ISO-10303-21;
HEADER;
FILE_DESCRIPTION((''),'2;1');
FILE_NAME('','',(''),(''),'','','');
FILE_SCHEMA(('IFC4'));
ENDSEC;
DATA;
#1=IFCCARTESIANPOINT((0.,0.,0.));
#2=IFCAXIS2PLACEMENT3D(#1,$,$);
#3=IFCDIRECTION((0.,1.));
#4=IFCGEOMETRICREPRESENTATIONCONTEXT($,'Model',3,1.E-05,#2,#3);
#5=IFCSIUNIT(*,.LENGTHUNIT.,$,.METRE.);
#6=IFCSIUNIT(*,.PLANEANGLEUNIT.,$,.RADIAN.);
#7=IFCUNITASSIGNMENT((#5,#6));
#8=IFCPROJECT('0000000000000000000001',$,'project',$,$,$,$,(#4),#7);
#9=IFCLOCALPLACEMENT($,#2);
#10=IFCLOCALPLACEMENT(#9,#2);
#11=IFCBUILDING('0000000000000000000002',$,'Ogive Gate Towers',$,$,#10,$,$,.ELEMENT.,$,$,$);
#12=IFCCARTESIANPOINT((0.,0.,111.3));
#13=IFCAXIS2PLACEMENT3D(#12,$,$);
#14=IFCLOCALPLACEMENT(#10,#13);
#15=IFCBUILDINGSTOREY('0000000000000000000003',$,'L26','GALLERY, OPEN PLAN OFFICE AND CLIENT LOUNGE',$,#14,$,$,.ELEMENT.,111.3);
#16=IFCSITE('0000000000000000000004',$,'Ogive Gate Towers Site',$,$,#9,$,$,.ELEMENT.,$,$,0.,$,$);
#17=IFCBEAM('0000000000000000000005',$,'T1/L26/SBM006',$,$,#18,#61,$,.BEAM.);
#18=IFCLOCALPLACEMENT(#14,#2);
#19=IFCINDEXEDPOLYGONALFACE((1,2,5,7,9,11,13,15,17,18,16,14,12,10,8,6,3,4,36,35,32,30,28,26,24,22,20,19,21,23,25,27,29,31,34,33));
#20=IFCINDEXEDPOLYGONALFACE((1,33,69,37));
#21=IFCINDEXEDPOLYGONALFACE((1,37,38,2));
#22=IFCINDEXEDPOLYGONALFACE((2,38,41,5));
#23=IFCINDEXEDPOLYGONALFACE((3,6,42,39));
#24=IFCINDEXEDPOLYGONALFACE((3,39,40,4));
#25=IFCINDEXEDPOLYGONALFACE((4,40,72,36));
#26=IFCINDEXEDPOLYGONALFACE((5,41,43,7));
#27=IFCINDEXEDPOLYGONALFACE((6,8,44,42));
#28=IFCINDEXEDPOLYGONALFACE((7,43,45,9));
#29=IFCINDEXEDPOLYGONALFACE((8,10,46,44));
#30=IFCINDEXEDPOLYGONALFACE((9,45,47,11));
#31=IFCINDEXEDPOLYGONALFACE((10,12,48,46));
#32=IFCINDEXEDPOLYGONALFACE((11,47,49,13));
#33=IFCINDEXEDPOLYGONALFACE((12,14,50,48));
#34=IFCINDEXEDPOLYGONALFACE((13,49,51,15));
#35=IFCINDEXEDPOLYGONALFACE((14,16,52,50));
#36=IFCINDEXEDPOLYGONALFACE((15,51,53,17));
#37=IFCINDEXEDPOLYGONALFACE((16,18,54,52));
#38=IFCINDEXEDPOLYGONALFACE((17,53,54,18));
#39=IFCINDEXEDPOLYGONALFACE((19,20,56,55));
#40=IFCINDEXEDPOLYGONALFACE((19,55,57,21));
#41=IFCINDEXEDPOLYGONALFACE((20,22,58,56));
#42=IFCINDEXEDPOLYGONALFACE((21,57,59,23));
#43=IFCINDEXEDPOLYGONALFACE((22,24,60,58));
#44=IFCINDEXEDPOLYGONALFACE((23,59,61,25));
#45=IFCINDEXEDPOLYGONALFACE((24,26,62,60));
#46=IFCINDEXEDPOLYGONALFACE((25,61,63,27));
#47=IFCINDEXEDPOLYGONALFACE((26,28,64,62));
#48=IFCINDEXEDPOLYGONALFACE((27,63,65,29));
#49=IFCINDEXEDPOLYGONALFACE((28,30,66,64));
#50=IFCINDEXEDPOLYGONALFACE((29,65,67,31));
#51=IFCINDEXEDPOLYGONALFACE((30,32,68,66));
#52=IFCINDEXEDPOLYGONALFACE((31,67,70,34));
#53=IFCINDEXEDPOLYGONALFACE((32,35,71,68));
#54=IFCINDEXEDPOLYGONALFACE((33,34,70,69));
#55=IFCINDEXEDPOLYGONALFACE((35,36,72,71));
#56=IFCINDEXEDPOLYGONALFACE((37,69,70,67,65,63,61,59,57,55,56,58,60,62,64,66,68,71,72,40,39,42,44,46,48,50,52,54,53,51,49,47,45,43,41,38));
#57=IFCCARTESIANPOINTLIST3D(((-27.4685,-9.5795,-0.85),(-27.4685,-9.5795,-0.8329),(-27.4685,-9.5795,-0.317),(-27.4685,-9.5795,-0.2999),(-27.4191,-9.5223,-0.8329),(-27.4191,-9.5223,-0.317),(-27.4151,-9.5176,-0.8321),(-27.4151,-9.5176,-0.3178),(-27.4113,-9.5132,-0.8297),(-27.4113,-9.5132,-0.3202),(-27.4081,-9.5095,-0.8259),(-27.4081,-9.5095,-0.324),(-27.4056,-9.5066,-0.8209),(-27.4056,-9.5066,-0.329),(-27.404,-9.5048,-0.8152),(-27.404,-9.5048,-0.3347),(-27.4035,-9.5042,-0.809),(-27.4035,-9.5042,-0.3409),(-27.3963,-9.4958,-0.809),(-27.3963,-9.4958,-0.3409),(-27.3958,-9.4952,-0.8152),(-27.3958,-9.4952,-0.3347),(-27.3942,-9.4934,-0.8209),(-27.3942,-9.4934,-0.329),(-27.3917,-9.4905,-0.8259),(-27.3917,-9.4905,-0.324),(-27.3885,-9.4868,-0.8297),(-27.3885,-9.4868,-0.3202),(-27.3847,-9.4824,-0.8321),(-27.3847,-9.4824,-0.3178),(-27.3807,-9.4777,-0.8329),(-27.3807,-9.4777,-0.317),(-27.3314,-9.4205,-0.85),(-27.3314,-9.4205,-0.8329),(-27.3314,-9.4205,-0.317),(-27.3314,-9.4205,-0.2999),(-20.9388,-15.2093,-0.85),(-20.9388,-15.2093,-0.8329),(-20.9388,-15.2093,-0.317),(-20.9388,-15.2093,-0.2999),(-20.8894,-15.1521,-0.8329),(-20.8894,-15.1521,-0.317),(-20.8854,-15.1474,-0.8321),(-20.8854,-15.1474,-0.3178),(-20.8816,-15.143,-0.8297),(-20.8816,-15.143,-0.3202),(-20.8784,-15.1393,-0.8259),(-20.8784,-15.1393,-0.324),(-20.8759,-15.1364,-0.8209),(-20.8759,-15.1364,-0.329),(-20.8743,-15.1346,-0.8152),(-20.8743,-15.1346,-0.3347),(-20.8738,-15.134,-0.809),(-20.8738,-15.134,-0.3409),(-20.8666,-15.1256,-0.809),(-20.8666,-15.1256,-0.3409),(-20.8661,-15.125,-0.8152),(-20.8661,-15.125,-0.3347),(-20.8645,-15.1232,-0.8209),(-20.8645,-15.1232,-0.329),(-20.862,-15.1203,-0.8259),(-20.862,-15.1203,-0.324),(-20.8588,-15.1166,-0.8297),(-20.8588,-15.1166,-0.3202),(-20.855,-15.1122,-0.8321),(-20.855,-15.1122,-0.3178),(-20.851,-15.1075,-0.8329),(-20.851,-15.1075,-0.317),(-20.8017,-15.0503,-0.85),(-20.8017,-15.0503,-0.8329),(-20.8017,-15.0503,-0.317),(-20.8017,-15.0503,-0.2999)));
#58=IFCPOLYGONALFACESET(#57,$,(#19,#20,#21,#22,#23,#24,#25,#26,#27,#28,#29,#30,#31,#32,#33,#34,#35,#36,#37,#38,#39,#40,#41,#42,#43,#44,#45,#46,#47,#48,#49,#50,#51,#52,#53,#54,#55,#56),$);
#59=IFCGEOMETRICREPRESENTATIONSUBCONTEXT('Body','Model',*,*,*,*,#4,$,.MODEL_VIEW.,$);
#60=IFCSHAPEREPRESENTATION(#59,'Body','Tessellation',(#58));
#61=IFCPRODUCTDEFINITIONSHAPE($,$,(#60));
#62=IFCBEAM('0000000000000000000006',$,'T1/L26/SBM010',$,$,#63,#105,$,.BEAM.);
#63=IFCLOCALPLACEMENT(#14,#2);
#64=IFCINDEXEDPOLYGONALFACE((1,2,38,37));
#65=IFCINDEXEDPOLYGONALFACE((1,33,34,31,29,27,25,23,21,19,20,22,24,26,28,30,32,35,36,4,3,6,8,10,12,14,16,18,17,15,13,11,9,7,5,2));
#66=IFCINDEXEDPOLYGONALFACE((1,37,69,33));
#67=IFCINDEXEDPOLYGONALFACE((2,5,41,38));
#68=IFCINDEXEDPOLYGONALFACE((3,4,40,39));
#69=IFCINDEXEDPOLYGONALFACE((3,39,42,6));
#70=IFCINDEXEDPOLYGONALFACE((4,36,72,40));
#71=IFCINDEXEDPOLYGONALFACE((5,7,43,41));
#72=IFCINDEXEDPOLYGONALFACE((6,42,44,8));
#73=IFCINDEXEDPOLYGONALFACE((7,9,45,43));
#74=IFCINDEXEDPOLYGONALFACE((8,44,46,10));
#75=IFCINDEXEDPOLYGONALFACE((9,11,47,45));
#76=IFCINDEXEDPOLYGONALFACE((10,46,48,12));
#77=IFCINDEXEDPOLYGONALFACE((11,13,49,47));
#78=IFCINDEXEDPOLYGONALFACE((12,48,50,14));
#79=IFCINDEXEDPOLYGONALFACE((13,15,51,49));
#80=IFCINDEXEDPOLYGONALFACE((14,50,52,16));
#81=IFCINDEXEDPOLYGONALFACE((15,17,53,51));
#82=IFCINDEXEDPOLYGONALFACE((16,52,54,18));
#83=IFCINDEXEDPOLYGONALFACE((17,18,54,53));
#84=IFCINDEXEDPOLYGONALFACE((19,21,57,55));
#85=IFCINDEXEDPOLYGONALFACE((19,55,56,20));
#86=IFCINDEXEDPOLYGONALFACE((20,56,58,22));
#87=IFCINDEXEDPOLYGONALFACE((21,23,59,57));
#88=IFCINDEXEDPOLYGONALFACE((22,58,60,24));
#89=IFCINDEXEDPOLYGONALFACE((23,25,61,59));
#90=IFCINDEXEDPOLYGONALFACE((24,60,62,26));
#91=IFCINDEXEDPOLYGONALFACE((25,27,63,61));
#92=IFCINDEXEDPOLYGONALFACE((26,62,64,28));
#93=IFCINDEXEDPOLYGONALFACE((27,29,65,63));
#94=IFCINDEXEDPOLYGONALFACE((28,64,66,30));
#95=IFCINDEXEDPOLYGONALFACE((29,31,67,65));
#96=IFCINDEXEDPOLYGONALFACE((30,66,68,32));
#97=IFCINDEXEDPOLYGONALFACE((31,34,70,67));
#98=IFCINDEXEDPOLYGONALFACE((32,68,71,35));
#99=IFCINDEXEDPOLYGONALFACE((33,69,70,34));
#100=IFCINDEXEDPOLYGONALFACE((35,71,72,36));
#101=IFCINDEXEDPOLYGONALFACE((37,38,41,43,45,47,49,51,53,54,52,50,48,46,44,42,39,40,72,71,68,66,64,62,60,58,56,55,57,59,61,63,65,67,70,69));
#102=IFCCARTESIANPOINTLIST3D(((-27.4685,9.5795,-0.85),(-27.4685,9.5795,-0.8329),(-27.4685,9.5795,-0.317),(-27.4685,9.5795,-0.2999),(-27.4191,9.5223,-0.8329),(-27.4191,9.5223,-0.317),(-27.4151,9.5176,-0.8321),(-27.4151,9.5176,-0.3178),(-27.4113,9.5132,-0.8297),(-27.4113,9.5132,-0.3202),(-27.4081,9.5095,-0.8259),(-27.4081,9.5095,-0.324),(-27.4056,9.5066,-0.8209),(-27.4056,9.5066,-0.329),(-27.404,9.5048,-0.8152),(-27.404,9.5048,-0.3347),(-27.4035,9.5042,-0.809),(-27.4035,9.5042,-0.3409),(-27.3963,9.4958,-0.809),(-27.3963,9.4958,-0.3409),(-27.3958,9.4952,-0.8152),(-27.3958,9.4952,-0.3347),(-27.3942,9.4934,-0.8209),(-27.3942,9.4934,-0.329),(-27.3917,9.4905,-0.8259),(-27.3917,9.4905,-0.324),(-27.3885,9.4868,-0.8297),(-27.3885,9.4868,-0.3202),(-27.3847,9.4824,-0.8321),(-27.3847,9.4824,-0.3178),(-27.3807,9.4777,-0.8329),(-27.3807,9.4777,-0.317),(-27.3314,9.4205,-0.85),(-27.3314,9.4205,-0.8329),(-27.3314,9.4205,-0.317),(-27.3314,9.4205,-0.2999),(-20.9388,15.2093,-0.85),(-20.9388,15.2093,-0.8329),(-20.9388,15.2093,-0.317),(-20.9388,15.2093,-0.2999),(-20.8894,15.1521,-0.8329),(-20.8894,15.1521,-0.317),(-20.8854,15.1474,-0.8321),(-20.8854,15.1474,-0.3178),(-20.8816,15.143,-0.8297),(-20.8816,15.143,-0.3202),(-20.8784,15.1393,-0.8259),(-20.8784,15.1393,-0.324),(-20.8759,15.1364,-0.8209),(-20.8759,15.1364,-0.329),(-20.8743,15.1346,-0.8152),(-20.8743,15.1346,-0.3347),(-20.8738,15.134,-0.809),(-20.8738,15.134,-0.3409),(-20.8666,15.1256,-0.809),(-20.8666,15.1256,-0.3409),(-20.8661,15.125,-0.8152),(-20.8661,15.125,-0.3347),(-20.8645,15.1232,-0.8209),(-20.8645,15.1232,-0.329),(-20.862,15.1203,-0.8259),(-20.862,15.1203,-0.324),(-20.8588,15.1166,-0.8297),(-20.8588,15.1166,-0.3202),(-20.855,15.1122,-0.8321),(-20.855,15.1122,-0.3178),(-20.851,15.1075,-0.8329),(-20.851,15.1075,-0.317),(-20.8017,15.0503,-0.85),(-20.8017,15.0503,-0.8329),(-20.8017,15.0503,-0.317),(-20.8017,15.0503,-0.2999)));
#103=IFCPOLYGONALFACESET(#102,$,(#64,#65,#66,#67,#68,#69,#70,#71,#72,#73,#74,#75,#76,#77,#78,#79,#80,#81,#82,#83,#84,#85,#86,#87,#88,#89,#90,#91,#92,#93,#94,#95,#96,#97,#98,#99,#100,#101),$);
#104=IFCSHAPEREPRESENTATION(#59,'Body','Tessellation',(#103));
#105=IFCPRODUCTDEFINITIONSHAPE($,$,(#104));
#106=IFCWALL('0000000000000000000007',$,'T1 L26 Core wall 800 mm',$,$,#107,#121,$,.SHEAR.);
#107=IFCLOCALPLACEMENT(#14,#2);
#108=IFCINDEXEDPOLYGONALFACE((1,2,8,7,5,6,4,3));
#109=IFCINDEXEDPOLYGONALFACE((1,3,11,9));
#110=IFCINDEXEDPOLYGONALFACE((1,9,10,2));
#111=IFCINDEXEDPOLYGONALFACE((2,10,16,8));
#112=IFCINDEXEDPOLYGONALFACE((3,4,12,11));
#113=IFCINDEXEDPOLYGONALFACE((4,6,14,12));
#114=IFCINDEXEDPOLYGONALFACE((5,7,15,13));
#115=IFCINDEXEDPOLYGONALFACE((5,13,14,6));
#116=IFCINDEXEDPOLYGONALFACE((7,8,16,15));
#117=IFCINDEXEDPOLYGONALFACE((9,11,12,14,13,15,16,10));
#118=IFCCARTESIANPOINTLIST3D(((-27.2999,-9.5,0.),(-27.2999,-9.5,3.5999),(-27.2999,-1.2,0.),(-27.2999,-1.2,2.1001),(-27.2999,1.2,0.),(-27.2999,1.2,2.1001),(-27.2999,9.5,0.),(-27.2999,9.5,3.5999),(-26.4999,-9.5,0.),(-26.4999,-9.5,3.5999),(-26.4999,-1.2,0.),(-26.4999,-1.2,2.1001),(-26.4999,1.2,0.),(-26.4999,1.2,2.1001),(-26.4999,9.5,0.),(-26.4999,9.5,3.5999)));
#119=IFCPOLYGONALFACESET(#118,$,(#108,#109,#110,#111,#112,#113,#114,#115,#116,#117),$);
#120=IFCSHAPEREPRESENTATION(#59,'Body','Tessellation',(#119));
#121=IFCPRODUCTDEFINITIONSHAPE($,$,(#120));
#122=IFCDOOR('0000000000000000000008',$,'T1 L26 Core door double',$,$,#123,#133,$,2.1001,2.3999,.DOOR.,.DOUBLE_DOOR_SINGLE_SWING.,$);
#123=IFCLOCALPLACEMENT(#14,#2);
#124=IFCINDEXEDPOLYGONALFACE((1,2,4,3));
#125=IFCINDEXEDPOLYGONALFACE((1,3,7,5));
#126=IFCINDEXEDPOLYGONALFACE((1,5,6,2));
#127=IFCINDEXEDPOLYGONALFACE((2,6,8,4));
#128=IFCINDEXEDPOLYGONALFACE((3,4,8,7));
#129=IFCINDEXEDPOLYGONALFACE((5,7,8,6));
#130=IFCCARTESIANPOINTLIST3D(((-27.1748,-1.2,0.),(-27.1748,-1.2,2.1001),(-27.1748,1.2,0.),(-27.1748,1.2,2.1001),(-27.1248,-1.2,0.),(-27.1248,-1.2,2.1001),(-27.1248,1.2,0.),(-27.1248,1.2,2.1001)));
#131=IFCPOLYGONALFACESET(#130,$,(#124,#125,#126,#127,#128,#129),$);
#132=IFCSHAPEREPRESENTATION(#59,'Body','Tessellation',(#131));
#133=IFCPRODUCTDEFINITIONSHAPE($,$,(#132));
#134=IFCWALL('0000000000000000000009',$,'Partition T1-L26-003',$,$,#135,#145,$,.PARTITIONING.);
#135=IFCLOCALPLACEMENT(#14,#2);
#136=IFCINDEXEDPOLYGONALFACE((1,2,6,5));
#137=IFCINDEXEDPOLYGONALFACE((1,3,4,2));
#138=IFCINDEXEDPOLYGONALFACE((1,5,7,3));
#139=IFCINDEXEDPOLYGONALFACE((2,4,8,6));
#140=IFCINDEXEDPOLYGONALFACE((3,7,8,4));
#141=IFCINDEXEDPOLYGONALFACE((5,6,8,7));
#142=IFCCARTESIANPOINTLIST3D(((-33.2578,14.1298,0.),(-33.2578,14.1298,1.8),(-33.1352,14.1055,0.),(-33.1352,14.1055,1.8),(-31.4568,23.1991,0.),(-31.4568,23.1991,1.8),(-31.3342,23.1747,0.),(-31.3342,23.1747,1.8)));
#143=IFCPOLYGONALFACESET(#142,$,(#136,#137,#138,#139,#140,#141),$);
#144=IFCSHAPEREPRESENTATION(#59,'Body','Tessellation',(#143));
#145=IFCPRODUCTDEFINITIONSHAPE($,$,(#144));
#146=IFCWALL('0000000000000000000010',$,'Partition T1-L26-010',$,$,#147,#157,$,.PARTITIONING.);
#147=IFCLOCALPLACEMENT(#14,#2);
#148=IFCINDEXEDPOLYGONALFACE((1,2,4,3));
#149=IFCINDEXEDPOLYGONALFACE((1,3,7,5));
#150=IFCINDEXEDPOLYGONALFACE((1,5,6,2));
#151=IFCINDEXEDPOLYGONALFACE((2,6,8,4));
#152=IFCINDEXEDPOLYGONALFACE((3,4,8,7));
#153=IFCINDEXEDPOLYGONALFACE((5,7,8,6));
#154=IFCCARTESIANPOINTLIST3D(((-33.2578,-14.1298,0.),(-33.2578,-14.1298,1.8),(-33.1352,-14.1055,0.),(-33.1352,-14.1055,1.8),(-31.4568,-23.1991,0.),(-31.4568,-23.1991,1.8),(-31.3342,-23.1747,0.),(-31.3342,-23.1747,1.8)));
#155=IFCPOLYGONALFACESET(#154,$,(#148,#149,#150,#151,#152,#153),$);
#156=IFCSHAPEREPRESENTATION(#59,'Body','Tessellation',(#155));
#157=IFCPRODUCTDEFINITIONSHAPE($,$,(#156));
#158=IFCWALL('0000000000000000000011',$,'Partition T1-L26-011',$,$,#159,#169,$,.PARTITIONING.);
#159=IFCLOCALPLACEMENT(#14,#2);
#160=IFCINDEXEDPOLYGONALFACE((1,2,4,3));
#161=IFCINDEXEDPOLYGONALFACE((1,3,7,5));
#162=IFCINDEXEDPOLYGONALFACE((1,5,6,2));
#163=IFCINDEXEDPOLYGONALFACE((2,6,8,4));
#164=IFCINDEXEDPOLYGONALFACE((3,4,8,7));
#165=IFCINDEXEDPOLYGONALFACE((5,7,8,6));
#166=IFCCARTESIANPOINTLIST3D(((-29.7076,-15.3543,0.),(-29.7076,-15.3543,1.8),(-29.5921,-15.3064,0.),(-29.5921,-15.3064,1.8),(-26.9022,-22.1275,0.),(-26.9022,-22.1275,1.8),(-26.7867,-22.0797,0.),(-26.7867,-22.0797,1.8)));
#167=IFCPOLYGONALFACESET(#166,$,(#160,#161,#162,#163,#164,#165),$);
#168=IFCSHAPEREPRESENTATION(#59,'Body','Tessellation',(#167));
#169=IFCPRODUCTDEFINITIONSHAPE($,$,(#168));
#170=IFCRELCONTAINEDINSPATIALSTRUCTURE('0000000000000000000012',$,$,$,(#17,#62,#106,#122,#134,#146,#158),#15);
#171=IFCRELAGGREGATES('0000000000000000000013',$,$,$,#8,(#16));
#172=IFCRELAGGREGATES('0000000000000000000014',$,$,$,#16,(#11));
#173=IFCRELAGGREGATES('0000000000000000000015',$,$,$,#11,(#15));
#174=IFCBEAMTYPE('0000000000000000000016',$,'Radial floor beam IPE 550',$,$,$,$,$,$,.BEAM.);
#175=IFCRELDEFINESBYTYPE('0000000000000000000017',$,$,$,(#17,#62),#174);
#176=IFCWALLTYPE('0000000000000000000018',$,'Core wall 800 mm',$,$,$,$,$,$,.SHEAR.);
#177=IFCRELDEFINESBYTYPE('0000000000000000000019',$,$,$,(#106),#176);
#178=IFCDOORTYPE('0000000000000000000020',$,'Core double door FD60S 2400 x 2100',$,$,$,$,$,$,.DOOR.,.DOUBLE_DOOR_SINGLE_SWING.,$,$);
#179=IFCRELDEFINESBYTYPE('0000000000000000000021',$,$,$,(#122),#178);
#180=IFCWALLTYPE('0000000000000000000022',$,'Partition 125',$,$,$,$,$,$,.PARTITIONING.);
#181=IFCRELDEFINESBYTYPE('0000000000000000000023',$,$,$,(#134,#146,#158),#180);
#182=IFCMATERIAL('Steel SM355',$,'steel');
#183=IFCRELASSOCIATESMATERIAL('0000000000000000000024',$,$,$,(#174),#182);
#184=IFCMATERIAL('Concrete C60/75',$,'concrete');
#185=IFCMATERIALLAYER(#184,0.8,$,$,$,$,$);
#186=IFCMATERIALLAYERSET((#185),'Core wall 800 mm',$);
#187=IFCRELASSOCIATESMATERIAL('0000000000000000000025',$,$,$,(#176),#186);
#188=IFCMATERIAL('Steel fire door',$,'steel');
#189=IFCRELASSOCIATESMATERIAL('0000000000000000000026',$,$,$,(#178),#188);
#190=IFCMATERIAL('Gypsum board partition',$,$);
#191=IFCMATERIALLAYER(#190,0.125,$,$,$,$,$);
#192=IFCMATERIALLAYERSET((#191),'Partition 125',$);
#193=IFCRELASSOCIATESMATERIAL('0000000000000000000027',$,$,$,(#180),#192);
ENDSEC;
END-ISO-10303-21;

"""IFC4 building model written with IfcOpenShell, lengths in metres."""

from ifc_helpers import new_model, si_unit, direction, frame, frame_2d, origin, origin_2d, place, context, subcontext, project, spatial, rectangle, i_section, extrude, material, layer, layer_set, material_profile, profile_set, type_object, element, fill, save


model = new_model("IFC4")

# Units and contexts
model_context = context("Model", 3, precision=1e-05, world=origin(), true_north=direction((0.0, 1.0)))
body_context = subcontext(model_context, "Body", "Model", "MODEL_VIEW")
ifc_project = project(units=[si_unit("LENGTHUNIT", "METRE"), si_unit("PLANEANGLEUNIT", "RADIAN")], contexts=[model_context])

# Site, building, storey
site_placement = place(None, origin())
site = spatial("IfcSite", under=ifc_project, at=site_placement, Name="Ogive Gate Towers Site", CompositionType="ELEMENT", RefElevation=0.0)
building_placement = place(site_placement, origin())
building = spatial("IfcBuilding", under=site, at=building_placement, Name="Ogive Gate Towers", CompositionType="ELEMENT")
storey_placement = place(building_placement, frame((0.0, 0.0, 111.3)))
storey = spatial("IfcBuildingStorey", under=building, at=storey_placement, Name="L26", Description="GALLERY, OPEN PLAN OFFICE AND CLIENT LOUNGE", CompositionType="ELEMENT", Elevation=111.3)

# Beams
ifc_material_1 = material(Name="Steel SM355", Category="steel")
ifc_material_profile_1 = material_profile(ifc_material_1, i_section(OverallWidth=0.21, OverallDepth=0.55, WebThickness=0.011, FlangeThickness=0.0171, FilletRadius=0.0239, at=origin_2d()), Name="IPE 550")
ifc_profile_set_1 = profile_set([ifc_material_profile_1], Name="Steel SM355")
beam_type_1 = type_object("IfcBeamType", Name="Radial floor beam IPE 550", PredefinedType="BEAM", material=ifc_profile_set_1)
for number, where, z_axis, x_axis, name in (
    (1, (-27.3999, -9.5, -0.575), (0.757366, -0.65299, 0.0), (0.65299, 0.757366, 0.0), "T1/L26/SBM006"),
    (2, (-27.3999, 9.5, -0.575), (0.757366, 0.65299, 0.0), (-0.65299, 0.757366, 0.0), "T1/L26/SBM010"),
):
    element("IfcBeam", number, at=place(storey_placement, frame(where, z_axis=z_axis, x_axis=x_axis)), inside=storey, type_object=beam_type_1, Name=name, PredefinedType="BEAM", context=body_context, shape_type="SweptSolid", body=[
        extrude(i_section(OverallWidth=0.21, OverallDepth=0.55, WebThickness=0.011, FlangeThickness=0.0171, FilletRadius=0.0239, at=origin_2d()), origin(), (0.0, 0.0, 1.0), 8.6216),
    ])

# Wall, opening, door
ifc_material_2 = material(Name="Concrete C60/75", Category="concrete")
ifc_layer_1 = layer(ifc_material_2, 0.8)
ifc_layer_set_1 = layer_set([ifc_layer_1], Name="Core wall 800 mm")
wall_type_1 = type_object("IfcWallType", Name="Core wall 800 mm", PredefinedType="SHEAR", material=ifc_layer_set_1)
wall_1_placement = place(storey_placement, frame((-26.8999, -9.5, 0.0), z_axis=(0.0, 0.0, 1.0), x_axis=(0.0, 1.0, 0.0)))
wall_1 = element("IfcWall", 3, at=wall_1_placement, inside=storey, type_object=wall_type_1, Name="T1 L26 Core wall 800 mm", PredefinedType="SHEAR", context=body_context, shape_type="SweptSolid", body=[
    extrude(rectangle(XDim=19.0, YDim=0.8, at=frame_2d((9.5, 0.0))), origin(), (0.0, 0.0, 1.0), 3.5999),
])
opening_1_placement = place(wall_1_placement, frame((8.3, 0.0, 0.0)))
opening_1 = element("IfcOpeningElement", 4, at=opening_1_placement, cuts=wall_1, PredefinedType="OPENING", context=body_context, shape_type="SweptSolid", body=[
    extrude(rectangle(XDim=2.3999, YDim=2.1001, at=frame_2d((1.2, 1.05))), frame((0.0, 0.4102, 0.0), z_axis=(0.0, -1.0, 0.0), x_axis=(1.0, 0.0, 0.0)), (0.0, 0.0, 1.0), 0.8201),
])
ifc_material_3 = material(Name="Steel fire door", Category="steel")
door_type_1 = type_object("IfcDoorType", Name="Core double door FD60S 2400 x 2100", OperationType="DOUBLE_DOOR_SINGLE_SWING", PredefinedType="DOOR", material=ifc_material_3)
door_1_placement = place(opening_1_placement, origin())
door_1 = element("IfcDoor", 5, at=door_1_placement, inside=storey, type_object=door_type_1, Name="T1 L26 Core door double", OperationType="DOUBLE_DOOR_SINGLE_SWING", OverallHeight=2.1001, OverallWidth=2.3999, PredefinedType="DOOR", context=body_context, shape_type="SweptSolid", body=[
    extrude(rectangle(XDim=2.3999, YDim=2.1001, at=frame_2d((1.2, 1.05))), frame((0.0, 0.2749, 0.0), z_axis=(0.0, -1.0, 0.0), x_axis=(1.0, 0.0, 0.0)), (0.0, 0.0, 1.0), 0.05),
])
fill(opening_1, door_1)

# Walls
ifc_material_4 = material(Name="Gypsum board partition")
ifc_layer_2 = layer(ifc_material_4, 0.125)
ifc_layer_set_2 = layer_set([ifc_layer_2], Name="Partition 125")
wall_type_2 = type_object("IfcWallType", Name="Partition 125", PredefinedType="PARTITIONING", material=ifc_layer_set_2)
for number, where, z_axis, x_axis, name in (
    (6, (-31.3955, 23.1868, 0.0), (0.0, 0.0, 1.0), (-0.194781, -0.980847, 0.0), "Partition T1-L26-003"),
    (7, (-31.3955, -23.1868, 0.0), (0.0, 0.0, 1.0), (-0.194781, 0.980847, 0.0), "Partition T1-L26-010"),
):
    element("IfcWall", number, at=place(storey_placement, frame(where, z_axis=z_axis, x_axis=x_axis)), inside=storey, type_object=wall_type_2, Name=name, PredefinedType="PARTITIONING", context=body_context, shape_type="SweptSolid", body=[
        extrude(rectangle(XDim=9.2463, YDim=0.125, at=frame_2d((4.623, 0.0))), origin(), (0.0, 0.0, 1.0), 1.8),
    ])
wall_2_placement = place(storey_placement, frame((-26.8445, -22.1035, 0.0), z_axis=(0.0, 0.0, 1.0), x_axis=(-0.382668, 0.923886, 0.0)))
element("IfcWall", 8, at=wall_2_placement, inside=storey, type_object=wall_type_2, Name="Partition T1-L26-011", PredefinedType="PARTITIONING", context=body_context, shape_type="SweptSolid", body=[
    extrude(rectangle(XDim=7.3313, YDim=0.125, at=frame_2d((3.6655, 0.0))), origin(), (0.0, 0.0, 1.0), 1.8),
])

save(model, "model.ifc")
